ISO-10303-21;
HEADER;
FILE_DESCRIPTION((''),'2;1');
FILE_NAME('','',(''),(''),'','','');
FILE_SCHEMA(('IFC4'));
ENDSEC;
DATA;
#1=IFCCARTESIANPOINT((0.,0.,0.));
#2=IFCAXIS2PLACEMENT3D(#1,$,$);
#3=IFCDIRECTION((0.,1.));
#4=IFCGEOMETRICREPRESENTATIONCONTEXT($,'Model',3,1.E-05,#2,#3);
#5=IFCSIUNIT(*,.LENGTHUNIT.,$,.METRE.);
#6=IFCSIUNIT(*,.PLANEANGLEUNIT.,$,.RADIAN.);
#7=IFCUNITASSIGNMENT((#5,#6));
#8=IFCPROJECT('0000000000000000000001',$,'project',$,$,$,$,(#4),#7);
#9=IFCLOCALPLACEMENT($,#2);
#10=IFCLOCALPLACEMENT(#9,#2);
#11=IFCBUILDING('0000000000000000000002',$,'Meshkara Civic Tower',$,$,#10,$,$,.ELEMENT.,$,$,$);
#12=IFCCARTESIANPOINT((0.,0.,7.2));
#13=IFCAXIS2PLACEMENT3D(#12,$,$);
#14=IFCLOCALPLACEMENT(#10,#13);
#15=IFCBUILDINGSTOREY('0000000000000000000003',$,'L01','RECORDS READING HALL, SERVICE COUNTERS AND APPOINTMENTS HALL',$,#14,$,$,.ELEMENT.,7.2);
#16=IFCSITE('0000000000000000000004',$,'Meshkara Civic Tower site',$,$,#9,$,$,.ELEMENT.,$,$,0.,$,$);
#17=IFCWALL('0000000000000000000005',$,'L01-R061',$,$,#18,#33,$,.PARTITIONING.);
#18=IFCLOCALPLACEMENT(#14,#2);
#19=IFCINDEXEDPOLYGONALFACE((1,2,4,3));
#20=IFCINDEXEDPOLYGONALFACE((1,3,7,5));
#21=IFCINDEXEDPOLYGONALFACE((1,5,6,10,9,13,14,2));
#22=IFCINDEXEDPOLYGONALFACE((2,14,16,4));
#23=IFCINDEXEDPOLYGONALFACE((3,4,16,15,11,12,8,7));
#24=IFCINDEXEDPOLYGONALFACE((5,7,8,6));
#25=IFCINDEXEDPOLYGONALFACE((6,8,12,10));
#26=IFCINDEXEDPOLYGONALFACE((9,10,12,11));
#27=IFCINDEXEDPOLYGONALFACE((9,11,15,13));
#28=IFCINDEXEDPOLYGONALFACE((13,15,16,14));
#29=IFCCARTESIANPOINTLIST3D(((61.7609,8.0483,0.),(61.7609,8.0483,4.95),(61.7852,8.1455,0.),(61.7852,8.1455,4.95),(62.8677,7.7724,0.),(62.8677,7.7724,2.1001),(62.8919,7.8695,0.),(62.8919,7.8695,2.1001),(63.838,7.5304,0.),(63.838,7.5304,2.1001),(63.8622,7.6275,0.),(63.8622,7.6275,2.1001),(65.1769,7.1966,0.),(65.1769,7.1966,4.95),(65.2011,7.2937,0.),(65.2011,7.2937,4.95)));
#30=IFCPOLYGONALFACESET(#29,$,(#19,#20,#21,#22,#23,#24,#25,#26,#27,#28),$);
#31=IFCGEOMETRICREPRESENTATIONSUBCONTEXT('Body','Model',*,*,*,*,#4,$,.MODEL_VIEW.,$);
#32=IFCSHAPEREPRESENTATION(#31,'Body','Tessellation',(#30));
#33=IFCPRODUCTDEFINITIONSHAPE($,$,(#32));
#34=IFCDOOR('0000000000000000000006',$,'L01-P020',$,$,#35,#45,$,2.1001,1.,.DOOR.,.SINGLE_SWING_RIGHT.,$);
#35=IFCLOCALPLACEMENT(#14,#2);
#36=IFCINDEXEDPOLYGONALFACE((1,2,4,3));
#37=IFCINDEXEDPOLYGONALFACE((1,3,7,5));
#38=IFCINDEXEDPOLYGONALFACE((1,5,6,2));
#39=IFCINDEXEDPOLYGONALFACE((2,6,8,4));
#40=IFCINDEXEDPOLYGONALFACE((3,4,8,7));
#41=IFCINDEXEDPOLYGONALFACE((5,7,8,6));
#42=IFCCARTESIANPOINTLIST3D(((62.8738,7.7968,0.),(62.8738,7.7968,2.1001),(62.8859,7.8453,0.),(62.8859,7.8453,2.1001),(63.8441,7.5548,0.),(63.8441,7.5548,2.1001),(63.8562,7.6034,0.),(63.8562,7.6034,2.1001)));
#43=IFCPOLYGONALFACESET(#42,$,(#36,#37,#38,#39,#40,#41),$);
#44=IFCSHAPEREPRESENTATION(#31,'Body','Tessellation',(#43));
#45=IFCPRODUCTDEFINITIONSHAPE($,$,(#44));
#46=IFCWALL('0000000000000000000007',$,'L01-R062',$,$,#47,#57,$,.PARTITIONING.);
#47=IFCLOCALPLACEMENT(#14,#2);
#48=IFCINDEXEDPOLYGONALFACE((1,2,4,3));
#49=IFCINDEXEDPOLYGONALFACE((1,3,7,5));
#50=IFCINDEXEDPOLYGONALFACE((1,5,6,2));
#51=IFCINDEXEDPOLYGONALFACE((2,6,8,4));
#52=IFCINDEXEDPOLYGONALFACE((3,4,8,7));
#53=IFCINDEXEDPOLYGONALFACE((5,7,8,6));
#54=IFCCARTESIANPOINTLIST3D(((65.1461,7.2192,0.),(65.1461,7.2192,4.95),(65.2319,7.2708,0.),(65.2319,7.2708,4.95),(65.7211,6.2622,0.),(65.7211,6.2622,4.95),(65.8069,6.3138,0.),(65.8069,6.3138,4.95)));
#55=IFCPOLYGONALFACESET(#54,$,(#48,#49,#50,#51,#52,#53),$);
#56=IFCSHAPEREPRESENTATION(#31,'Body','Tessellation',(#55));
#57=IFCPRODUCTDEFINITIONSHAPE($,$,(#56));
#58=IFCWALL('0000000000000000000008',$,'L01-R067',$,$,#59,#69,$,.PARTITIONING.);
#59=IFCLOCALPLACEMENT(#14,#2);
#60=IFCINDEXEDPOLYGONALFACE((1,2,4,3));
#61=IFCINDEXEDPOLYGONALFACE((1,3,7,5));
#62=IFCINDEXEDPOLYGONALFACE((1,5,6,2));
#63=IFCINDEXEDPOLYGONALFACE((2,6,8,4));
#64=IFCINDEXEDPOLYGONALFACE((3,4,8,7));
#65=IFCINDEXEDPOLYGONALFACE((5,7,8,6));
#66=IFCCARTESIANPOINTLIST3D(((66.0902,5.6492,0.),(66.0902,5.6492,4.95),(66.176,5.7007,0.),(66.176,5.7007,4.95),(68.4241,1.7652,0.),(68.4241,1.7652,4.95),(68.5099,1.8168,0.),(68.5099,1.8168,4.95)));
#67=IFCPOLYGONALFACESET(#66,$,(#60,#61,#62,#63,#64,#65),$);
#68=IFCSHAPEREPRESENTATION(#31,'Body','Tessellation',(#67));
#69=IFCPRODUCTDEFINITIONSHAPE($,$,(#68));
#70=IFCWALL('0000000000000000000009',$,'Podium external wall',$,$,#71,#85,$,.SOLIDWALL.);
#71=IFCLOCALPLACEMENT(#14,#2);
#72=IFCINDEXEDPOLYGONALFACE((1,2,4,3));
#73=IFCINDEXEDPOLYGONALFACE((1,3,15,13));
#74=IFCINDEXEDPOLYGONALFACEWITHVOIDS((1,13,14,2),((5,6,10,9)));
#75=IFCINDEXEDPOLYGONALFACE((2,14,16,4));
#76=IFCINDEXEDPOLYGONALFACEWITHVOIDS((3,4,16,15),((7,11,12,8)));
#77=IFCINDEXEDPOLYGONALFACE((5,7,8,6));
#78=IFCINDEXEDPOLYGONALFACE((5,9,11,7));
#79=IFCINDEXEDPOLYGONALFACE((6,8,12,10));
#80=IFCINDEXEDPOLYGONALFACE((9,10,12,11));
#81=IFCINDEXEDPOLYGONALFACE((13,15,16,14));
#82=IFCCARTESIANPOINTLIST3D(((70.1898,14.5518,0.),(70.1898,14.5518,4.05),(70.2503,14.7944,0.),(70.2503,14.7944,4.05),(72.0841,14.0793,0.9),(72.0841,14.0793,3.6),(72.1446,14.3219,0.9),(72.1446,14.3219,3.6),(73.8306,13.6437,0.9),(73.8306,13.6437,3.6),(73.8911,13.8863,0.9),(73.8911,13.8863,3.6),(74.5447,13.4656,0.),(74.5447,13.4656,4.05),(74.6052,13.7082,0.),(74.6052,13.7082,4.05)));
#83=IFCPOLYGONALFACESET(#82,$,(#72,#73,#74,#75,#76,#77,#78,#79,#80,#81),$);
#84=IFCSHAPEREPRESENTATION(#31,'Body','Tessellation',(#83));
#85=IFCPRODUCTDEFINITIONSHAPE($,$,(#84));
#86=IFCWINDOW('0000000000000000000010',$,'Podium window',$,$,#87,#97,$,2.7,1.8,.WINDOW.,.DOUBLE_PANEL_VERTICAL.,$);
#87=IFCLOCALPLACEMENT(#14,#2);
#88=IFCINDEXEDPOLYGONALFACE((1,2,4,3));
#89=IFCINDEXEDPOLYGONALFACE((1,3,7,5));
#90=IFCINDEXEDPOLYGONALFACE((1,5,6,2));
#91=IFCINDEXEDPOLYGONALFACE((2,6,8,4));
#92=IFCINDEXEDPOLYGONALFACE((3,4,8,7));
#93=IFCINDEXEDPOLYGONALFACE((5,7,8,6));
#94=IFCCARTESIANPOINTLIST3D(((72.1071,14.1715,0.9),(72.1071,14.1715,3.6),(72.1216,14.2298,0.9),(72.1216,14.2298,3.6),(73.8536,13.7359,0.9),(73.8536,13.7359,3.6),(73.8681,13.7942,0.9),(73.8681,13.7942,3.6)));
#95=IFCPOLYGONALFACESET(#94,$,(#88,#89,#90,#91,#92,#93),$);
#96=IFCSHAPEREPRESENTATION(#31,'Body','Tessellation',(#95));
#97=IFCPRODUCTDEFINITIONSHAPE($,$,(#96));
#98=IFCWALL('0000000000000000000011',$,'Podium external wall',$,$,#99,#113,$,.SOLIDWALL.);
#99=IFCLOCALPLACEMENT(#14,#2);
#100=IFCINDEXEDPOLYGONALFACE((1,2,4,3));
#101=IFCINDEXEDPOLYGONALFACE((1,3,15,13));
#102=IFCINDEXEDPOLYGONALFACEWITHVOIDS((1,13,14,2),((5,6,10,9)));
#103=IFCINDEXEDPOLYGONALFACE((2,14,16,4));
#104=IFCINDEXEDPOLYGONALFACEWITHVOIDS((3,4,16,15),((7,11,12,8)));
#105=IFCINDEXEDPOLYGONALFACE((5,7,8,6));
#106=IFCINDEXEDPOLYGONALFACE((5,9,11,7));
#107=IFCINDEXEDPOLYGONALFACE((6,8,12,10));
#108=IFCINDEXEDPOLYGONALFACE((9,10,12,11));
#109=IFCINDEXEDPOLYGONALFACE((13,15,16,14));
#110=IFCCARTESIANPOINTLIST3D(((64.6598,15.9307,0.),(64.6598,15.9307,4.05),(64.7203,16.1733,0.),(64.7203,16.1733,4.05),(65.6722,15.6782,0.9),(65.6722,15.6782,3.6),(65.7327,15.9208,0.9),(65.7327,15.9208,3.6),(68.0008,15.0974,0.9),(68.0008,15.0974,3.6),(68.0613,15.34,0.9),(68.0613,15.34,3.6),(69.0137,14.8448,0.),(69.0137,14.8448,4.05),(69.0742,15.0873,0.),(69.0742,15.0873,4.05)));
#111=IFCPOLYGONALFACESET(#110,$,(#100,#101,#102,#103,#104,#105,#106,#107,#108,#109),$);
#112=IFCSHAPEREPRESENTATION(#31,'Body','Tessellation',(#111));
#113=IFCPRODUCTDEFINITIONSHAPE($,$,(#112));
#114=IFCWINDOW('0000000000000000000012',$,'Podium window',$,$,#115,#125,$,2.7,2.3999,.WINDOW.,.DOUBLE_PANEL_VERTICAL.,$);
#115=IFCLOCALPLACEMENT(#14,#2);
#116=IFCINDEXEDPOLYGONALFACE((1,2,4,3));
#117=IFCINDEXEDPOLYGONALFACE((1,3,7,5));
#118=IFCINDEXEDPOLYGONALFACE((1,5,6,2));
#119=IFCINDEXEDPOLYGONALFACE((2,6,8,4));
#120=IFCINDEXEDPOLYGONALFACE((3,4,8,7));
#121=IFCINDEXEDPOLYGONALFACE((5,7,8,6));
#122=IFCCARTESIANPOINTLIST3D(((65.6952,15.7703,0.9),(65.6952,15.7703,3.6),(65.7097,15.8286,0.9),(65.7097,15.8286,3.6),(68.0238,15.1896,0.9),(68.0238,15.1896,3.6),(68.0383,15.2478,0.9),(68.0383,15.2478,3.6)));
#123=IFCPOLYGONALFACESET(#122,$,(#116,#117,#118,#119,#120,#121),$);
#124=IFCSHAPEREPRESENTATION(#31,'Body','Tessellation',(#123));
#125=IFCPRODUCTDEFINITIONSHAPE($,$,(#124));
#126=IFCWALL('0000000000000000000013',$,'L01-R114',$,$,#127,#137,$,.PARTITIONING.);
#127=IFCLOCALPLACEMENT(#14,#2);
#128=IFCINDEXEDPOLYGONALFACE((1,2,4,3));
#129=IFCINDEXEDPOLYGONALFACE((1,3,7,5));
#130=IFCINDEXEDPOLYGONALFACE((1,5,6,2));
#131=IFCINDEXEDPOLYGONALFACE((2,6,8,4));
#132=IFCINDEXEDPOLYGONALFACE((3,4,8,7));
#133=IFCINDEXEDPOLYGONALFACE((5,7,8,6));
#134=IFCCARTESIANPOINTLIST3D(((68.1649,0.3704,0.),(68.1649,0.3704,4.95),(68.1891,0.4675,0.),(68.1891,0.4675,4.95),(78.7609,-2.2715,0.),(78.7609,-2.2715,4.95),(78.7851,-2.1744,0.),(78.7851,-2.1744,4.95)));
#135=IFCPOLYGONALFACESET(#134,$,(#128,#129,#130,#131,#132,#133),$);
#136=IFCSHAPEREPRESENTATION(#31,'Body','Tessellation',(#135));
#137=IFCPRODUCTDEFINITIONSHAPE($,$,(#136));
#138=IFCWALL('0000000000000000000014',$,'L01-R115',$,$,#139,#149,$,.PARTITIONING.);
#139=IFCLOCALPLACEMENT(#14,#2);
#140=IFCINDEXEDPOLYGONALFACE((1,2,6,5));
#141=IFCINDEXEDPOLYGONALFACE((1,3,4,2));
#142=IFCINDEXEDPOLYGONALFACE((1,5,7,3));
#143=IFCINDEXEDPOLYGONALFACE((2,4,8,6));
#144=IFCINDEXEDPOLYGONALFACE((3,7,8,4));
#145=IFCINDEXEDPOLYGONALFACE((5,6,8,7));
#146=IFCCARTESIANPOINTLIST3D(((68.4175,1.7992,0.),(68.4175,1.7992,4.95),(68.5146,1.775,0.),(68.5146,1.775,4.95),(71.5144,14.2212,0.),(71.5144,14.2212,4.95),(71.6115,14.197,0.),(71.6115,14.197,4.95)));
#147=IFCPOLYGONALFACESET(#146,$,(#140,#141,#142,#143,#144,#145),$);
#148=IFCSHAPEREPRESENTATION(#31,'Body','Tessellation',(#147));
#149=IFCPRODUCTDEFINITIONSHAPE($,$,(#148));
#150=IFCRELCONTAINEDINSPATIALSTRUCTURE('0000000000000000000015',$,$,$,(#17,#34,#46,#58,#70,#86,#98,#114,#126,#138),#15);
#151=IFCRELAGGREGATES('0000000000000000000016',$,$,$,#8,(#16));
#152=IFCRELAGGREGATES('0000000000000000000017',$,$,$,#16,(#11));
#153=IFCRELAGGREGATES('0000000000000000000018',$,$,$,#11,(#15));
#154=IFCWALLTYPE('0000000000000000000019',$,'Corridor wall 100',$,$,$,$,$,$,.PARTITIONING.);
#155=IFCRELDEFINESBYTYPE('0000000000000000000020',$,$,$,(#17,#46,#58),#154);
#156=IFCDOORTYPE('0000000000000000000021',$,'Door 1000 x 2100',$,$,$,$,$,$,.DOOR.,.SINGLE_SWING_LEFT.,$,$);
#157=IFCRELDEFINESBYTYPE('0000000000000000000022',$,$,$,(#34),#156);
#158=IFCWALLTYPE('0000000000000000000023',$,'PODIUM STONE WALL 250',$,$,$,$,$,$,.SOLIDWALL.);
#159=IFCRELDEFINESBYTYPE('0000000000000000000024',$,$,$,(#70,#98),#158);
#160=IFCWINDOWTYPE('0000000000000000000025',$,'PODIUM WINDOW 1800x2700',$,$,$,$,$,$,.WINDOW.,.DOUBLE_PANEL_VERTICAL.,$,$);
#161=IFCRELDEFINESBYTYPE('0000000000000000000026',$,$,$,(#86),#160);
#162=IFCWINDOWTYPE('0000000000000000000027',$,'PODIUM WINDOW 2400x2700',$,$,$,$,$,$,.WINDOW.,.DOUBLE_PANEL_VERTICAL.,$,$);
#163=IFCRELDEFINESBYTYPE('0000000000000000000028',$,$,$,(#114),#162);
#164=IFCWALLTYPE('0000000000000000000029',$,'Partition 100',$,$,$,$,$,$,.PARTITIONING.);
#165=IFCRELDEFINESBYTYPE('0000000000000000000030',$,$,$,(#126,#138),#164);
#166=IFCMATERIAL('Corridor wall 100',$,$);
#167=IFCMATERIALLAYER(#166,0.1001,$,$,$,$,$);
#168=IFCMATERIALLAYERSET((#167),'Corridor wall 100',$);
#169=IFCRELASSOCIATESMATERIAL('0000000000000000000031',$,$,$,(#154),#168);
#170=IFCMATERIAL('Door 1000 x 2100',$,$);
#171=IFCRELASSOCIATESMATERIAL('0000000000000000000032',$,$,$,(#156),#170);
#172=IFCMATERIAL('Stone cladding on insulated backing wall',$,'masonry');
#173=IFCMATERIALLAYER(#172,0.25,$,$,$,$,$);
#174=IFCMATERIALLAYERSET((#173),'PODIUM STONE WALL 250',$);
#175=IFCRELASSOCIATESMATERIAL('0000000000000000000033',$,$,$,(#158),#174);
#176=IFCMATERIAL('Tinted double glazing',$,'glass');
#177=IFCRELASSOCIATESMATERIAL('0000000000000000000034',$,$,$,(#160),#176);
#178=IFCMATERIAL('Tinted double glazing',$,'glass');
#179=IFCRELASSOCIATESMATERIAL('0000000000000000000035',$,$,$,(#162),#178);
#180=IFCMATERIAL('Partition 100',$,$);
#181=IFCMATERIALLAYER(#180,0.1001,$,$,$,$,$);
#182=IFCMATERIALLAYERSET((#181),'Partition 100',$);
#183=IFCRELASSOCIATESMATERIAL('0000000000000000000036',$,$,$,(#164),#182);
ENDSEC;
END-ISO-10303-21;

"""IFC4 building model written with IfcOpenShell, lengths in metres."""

from ifc_helpers import new_model, si_unit, direction, frame, frame_2d, origin, place, context, subcontext, project, spatial, rectangle, extrude, material, layer, layer_set, type_object, element, fill, save


model = new_model("IFC4")

# Units and contexts
model_context = context("Model", 3, precision=1e-05, world=origin(), true_north=direction((0.0, 1.0)))
body_context = subcontext(model_context, "Body", "Model", "MODEL_VIEW")
ifc_project = project(units=[si_unit("LENGTHUNIT", "METRE"), si_unit("PLANEANGLEUNIT", "RADIAN")], contexts=[model_context])

# Site, building, storey
site_placement = place(None, origin())
site = spatial("IfcSite", under=ifc_project, at=site_placement, Name="Meshkara Civic Tower site", CompositionType="ELEMENT", RefElevation=0.0)
building_placement = place(site_placement, origin())
building = spatial("IfcBuilding", under=site, at=building_placement, Name="Meshkara Civic Tower", CompositionType="ELEMENT")
storey_placement = place(building_placement, frame((0.0, 0.0, 7.2)))
storey = spatial("IfcBuildingStorey", under=building, at=storey_placement, Name="L01", Description="RECORDS READING HALL, SERVICE COUNTERS AND APPOINTMENTS HALL", CompositionType="ELEMENT", Elevation=7.2)

# Wall, opening, door
ifc_material_1 = material(Name="Corridor wall 100")
ifc_layer_1 = layer(ifc_material_1, 0.1001)
ifc_layer_set_1 = layer_set([ifc_layer_1], Name="Corridor wall 100")
wall_type_1 = type_object("IfcWallType", Name="Corridor wall 100", PredefinedType="PARTITIONING", material=ifc_layer_set_1)
wall_1_placement = place(storey_placement, frame((65.189, 7.2451, 0.0), z_axis=(0.0, 0.0, 1.0), x_axis=(-0.970289, 0.241948, 0.0)))
wall_1 = element("IfcWall", 1, at=wall_1_placement, inside=storey, type_object=wall_type_1, Name="L01-R061", PredefinedType="PARTITIONING", context=body_context, shape_type="SweptSolid", body=[
    extrude(rectangle(XDim=3.5205, YDim=0.1001, at=frame_2d((1.7603, 0.0))), origin(), (0.0, 0.0, 1.0), 4.95),
])
opening_1_placement = place(wall_1_placement, frame((1.3799, 0.0, 0.0)))
opening_1 = element("IfcOpeningElement", 2, at=opening_1_placement, cuts=wall_1, PredefinedType="OPENING", context=body_context, shape_type="SweptSolid", body=[
    extrude(rectangle(XDim=1.0, YDim=2.1001, at=frame_2d((0.5, 1.05))), frame((0.0, 0.0601, 0.0), z_axis=(0.0, -1.0, 0.0), x_axis=(1.0, 0.0, 0.0)), (0.0, 0.0, 1.0), 0.1201),
])
ifc_material_2 = material(Name="Door 1000 x 2100")
door_type_1 = type_object("IfcDoorType", Name="Door 1000 x 2100", OperationType="SINGLE_SWING_LEFT", PredefinedType="DOOR", material=ifc_material_2)
door_1_placement = place(opening_1_placement, origin())
door_1 = element("IfcDoor", 3, at=door_1_placement, inside=storey, type_object=door_type_1, Name="L01-P020", OperationType="SINGLE_SWING_RIGHT", OverallHeight=2.1001, OverallWidth=1.0, PredefinedType="DOOR", context=body_context, shape_type="SweptSolid", body=[
    extrude(rectangle(XDim=1.0, YDim=2.1001, at=frame_2d((0.5, 1.05))), frame((0.0, 0.0249, 0.0), z_axis=(0.0, -1.0, 0.0), x_axis=(1.0, 0.0, 0.0)), (0.0, 0.0, 1.0), 0.05),
])
fill(opening_1, door_1)

# Walls
wall_2_placement = place(storey_placement, frame((65.7639, 6.2881, 0.0), z_axis=(0.0, 0.0, 1.0), x_axis=(-0.514978, 0.857203, 0.0)))
element("IfcWall", 4, at=wall_2_placement, inside=storey, type_object=wall_type_1, Name="L01-R062", PredefinedType="PARTITIONING", context=body_context, shape_type="SweptSolid", body=[
    extrude(rectangle(XDim=1.1165, YDim=0.1001, at=frame_2d((0.5581, 0.0))), origin(), (0.0, 0.0, 1.0), 4.95),
])
wall_3_placement = place(storey_placement, frame((68.467, 1.791, 0.0), z_axis=(0.0, 0.0, 1.0), x_axis=(-0.515074, 0.857146, 0.0)))
element("IfcWall", 5, at=wall_3_placement, inside=storey, type_object=wall_type_1, Name="L01-R067", PredefinedType="PARTITIONING", context=body_context, shape_type="SweptSolid", body=[
    extrude(rectangle(XDim=4.5312, YDim=0.1001, at=frame_2d((2.2656, 0.0))), origin(), (0.0, 0.0, 1.0), 4.95),
])

# Walls, openings, windows
ifc_material_3 = material(Name="Stone cladding on insulated backing wall", Category="masonry")
ifc_layer_2 = layer(ifc_material_3, 0.25)
ifc_layer_set_2 = layer_set([ifc_layer_2], Name="PODIUM STONE WALL 250")
wall_type_2 = type_object("IfcWallType", Name="PODIUM STONE WALL 250", PredefinedType="SOLIDWALL", material=ifc_layer_set_2)
wall_4_placement = place(storey_placement, frame((74.575, 13.5869, 0.0), z_axis=(0.0, 0.0, 1.0), x_axis=(-0.970277, 0.241998, 0.0)))
wall_4 = element("IfcWall", 6, at=wall_4_placement, inside=storey, type_object=wall_type_2, Name="Podium external wall", PredefinedType="SOLIDWALL", context=body_context, shape_type="SweptSolid", body=[
    extrude(rectangle(XDim=4.4883, YDim=0.25, at=frame_2d((2.2441, 0.0))), origin(), (0.0, 0.0, 1.0), 4.05),
])
opening_2_placement = place(wall_4_placement, frame((0.7361, 0.0, 0.8999)))
opening_2 = element("IfcOpeningElement", 7, at=opening_2_placement, cuts=wall_4, PredefinedType="OPENING", context=body_context, shape_type="SweptSolid", body=[
    extrude(rectangle(XDim=1.8, YDim=2.7, at=frame_2d((0.8999, 1.3501))), frame((0.0, 0.135, 0.0), z_axis=(0.0, -1.0, 0.0), x_axis=(1.0, 0.0, 0.0)), (0.0, 0.0, 1.0), 0.27),
])
ifc_material_4 = material(Name="Tinted double glazing", Category="glass")
window_type_1 = type_object("IfcWindowType", Name="PODIUM WINDOW 1800x2700", PartitioningType="DOUBLE_PANEL_VERTICAL", PredefinedType="WINDOW", material=ifc_material_4)
window_1_placement = place(opening_2_placement, origin())
window_1 = element("IfcWindow", 8, at=window_1_placement, inside=storey, type_object=window_type_1, Name="Podium window", OverallHeight=2.7, OverallWidth=1.8, PartitioningType="DOUBLE_PANEL_VERTICAL", PredefinedType="WINDOW", context=body_context, shape_type="SweptSolid", body=[
    extrude(rectangle(XDim=1.8, YDim=2.7, at=frame_2d((0.8999, 1.3501))), frame((0.0, 0.03, 0.0), z_axis=(0.0, -1.0, 0.0), x_axis=(1.0, 0.0, 0.0)), (0.0, 0.0, 1.0), 0.0601),
])
fill(opening_2, window_1)
wall_5_placement = place(storey_placement, frame((69.0439, 14.9661, 0.0), z_axis=(0.0, 0.0, 1.0), x_axis=(-0.970277, 0.241998, 0.0)))
wall_5 = element("IfcWall", 9, at=wall_5_placement, inside=storey, type_object=wall_type_2, Name="Podium external wall", PredefinedType="SOLIDWALL", context=body_context, shape_type="SweptSolid", body=[
    extrude(rectangle(XDim=4.4873, YDim=0.25, at=frame_2d((2.2437, 0.0))), origin(), (0.0, 0.0, 1.0), 4.05),
])
opening_3_placement = place(wall_5_placement, frame((1.0439, 0.0, 0.8999)))
opening_3 = element("IfcOpeningElement", 10, at=opening_3_placement, cuts=wall_5, PredefinedType="OPENING", context=body_context, shape_type="SweptSolid", body=[
    extrude(rectangle(XDim=2.3999, YDim=2.7, at=frame_2d((1.2, 1.3501))), frame((0.0, 0.135, 0.0), z_axis=(0.0, -1.0, 0.0), x_axis=(1.0, 0.0, 0.0)), (0.0, 0.0, 1.0), 0.27),
])
ifc_material_5 = material(Name="Tinted double glazing", Category="glass")
window_type_2 = type_object("IfcWindowType", Name="PODIUM WINDOW 2400x2700", PartitioningType="DOUBLE_PANEL_VERTICAL", PredefinedType="WINDOW", material=ifc_material_5)
window_2_placement = place(opening_3_placement, origin())
window_2 = element("IfcWindow", 11, at=window_2_placement, inside=storey, type_object=window_type_2, Name="Podium window", OverallHeight=2.7, OverallWidth=2.3999, PartitioningType="DOUBLE_PANEL_VERTICAL", PredefinedType="WINDOW", context=body_context, shape_type="SweptSolid", body=[
    extrude(rectangle(XDim=2.3999, YDim=2.7, at=frame_2d((1.2, 1.3501))), frame((0.0, 0.03, 0.0), z_axis=(0.0, -1.0, 0.0), x_axis=(1.0, 0.0, 0.0)), (0.0, 0.0, 1.0), 0.0601),
])
fill(opening_3, window_2)

# Walls
ifc_material_6 = material(Name="Partition 100")
ifc_layer_3 = layer(ifc_material_6, 0.1001)
ifc_layer_set_3 = layer_set([ifc_layer_3], Name="Partition 100")
wall_type_3 = type_object("IfcWallType", Name="Partition 100", PredefinedType="PARTITIONING", material=ifc_layer_set_3)
wall_6_placement = place(storey_placement, frame((68.177, 0.4189, 0.0), z_axis=(0.0, 0.0, 1.0), x_axis=(0.970296, -0.24192, 0.0)))
element("IfcWall", 12, at=wall_6_placement, inside=storey, type_object=wall_type_3, Name="L01-R114", PredefinedType="PARTITIONING", context=body_context, shape_type="SweptSolid", body=[
    extrude(rectangle(XDim=10.9204, YDim=0.1001, at=frame_2d((5.4602, 0.0))), origin(), (0.0, 0.0, 1.0), 4.95),
])
wall_7_placement = place(storey_placement, frame((68.4661, 1.7871, 0.0), z_axis=(0.0, 0.0, 1.0), x_axis=(0.241903, 0.9703, 0.0)))
element("IfcWall", 13, at=wall_7_placement, inside=storey, type_object=wall_type_3, Name="L01-R115", PredefinedType="PARTITIONING", context=body_context, shape_type="SweptSolid", body=[
    extrude(rectangle(XDim=12.8022, YDim=0.1001, at=frame_2d((6.4011, 0.0))), origin(), (0.0, 0.0, 1.0), 4.95),
])

save(model, "model.ifc")
